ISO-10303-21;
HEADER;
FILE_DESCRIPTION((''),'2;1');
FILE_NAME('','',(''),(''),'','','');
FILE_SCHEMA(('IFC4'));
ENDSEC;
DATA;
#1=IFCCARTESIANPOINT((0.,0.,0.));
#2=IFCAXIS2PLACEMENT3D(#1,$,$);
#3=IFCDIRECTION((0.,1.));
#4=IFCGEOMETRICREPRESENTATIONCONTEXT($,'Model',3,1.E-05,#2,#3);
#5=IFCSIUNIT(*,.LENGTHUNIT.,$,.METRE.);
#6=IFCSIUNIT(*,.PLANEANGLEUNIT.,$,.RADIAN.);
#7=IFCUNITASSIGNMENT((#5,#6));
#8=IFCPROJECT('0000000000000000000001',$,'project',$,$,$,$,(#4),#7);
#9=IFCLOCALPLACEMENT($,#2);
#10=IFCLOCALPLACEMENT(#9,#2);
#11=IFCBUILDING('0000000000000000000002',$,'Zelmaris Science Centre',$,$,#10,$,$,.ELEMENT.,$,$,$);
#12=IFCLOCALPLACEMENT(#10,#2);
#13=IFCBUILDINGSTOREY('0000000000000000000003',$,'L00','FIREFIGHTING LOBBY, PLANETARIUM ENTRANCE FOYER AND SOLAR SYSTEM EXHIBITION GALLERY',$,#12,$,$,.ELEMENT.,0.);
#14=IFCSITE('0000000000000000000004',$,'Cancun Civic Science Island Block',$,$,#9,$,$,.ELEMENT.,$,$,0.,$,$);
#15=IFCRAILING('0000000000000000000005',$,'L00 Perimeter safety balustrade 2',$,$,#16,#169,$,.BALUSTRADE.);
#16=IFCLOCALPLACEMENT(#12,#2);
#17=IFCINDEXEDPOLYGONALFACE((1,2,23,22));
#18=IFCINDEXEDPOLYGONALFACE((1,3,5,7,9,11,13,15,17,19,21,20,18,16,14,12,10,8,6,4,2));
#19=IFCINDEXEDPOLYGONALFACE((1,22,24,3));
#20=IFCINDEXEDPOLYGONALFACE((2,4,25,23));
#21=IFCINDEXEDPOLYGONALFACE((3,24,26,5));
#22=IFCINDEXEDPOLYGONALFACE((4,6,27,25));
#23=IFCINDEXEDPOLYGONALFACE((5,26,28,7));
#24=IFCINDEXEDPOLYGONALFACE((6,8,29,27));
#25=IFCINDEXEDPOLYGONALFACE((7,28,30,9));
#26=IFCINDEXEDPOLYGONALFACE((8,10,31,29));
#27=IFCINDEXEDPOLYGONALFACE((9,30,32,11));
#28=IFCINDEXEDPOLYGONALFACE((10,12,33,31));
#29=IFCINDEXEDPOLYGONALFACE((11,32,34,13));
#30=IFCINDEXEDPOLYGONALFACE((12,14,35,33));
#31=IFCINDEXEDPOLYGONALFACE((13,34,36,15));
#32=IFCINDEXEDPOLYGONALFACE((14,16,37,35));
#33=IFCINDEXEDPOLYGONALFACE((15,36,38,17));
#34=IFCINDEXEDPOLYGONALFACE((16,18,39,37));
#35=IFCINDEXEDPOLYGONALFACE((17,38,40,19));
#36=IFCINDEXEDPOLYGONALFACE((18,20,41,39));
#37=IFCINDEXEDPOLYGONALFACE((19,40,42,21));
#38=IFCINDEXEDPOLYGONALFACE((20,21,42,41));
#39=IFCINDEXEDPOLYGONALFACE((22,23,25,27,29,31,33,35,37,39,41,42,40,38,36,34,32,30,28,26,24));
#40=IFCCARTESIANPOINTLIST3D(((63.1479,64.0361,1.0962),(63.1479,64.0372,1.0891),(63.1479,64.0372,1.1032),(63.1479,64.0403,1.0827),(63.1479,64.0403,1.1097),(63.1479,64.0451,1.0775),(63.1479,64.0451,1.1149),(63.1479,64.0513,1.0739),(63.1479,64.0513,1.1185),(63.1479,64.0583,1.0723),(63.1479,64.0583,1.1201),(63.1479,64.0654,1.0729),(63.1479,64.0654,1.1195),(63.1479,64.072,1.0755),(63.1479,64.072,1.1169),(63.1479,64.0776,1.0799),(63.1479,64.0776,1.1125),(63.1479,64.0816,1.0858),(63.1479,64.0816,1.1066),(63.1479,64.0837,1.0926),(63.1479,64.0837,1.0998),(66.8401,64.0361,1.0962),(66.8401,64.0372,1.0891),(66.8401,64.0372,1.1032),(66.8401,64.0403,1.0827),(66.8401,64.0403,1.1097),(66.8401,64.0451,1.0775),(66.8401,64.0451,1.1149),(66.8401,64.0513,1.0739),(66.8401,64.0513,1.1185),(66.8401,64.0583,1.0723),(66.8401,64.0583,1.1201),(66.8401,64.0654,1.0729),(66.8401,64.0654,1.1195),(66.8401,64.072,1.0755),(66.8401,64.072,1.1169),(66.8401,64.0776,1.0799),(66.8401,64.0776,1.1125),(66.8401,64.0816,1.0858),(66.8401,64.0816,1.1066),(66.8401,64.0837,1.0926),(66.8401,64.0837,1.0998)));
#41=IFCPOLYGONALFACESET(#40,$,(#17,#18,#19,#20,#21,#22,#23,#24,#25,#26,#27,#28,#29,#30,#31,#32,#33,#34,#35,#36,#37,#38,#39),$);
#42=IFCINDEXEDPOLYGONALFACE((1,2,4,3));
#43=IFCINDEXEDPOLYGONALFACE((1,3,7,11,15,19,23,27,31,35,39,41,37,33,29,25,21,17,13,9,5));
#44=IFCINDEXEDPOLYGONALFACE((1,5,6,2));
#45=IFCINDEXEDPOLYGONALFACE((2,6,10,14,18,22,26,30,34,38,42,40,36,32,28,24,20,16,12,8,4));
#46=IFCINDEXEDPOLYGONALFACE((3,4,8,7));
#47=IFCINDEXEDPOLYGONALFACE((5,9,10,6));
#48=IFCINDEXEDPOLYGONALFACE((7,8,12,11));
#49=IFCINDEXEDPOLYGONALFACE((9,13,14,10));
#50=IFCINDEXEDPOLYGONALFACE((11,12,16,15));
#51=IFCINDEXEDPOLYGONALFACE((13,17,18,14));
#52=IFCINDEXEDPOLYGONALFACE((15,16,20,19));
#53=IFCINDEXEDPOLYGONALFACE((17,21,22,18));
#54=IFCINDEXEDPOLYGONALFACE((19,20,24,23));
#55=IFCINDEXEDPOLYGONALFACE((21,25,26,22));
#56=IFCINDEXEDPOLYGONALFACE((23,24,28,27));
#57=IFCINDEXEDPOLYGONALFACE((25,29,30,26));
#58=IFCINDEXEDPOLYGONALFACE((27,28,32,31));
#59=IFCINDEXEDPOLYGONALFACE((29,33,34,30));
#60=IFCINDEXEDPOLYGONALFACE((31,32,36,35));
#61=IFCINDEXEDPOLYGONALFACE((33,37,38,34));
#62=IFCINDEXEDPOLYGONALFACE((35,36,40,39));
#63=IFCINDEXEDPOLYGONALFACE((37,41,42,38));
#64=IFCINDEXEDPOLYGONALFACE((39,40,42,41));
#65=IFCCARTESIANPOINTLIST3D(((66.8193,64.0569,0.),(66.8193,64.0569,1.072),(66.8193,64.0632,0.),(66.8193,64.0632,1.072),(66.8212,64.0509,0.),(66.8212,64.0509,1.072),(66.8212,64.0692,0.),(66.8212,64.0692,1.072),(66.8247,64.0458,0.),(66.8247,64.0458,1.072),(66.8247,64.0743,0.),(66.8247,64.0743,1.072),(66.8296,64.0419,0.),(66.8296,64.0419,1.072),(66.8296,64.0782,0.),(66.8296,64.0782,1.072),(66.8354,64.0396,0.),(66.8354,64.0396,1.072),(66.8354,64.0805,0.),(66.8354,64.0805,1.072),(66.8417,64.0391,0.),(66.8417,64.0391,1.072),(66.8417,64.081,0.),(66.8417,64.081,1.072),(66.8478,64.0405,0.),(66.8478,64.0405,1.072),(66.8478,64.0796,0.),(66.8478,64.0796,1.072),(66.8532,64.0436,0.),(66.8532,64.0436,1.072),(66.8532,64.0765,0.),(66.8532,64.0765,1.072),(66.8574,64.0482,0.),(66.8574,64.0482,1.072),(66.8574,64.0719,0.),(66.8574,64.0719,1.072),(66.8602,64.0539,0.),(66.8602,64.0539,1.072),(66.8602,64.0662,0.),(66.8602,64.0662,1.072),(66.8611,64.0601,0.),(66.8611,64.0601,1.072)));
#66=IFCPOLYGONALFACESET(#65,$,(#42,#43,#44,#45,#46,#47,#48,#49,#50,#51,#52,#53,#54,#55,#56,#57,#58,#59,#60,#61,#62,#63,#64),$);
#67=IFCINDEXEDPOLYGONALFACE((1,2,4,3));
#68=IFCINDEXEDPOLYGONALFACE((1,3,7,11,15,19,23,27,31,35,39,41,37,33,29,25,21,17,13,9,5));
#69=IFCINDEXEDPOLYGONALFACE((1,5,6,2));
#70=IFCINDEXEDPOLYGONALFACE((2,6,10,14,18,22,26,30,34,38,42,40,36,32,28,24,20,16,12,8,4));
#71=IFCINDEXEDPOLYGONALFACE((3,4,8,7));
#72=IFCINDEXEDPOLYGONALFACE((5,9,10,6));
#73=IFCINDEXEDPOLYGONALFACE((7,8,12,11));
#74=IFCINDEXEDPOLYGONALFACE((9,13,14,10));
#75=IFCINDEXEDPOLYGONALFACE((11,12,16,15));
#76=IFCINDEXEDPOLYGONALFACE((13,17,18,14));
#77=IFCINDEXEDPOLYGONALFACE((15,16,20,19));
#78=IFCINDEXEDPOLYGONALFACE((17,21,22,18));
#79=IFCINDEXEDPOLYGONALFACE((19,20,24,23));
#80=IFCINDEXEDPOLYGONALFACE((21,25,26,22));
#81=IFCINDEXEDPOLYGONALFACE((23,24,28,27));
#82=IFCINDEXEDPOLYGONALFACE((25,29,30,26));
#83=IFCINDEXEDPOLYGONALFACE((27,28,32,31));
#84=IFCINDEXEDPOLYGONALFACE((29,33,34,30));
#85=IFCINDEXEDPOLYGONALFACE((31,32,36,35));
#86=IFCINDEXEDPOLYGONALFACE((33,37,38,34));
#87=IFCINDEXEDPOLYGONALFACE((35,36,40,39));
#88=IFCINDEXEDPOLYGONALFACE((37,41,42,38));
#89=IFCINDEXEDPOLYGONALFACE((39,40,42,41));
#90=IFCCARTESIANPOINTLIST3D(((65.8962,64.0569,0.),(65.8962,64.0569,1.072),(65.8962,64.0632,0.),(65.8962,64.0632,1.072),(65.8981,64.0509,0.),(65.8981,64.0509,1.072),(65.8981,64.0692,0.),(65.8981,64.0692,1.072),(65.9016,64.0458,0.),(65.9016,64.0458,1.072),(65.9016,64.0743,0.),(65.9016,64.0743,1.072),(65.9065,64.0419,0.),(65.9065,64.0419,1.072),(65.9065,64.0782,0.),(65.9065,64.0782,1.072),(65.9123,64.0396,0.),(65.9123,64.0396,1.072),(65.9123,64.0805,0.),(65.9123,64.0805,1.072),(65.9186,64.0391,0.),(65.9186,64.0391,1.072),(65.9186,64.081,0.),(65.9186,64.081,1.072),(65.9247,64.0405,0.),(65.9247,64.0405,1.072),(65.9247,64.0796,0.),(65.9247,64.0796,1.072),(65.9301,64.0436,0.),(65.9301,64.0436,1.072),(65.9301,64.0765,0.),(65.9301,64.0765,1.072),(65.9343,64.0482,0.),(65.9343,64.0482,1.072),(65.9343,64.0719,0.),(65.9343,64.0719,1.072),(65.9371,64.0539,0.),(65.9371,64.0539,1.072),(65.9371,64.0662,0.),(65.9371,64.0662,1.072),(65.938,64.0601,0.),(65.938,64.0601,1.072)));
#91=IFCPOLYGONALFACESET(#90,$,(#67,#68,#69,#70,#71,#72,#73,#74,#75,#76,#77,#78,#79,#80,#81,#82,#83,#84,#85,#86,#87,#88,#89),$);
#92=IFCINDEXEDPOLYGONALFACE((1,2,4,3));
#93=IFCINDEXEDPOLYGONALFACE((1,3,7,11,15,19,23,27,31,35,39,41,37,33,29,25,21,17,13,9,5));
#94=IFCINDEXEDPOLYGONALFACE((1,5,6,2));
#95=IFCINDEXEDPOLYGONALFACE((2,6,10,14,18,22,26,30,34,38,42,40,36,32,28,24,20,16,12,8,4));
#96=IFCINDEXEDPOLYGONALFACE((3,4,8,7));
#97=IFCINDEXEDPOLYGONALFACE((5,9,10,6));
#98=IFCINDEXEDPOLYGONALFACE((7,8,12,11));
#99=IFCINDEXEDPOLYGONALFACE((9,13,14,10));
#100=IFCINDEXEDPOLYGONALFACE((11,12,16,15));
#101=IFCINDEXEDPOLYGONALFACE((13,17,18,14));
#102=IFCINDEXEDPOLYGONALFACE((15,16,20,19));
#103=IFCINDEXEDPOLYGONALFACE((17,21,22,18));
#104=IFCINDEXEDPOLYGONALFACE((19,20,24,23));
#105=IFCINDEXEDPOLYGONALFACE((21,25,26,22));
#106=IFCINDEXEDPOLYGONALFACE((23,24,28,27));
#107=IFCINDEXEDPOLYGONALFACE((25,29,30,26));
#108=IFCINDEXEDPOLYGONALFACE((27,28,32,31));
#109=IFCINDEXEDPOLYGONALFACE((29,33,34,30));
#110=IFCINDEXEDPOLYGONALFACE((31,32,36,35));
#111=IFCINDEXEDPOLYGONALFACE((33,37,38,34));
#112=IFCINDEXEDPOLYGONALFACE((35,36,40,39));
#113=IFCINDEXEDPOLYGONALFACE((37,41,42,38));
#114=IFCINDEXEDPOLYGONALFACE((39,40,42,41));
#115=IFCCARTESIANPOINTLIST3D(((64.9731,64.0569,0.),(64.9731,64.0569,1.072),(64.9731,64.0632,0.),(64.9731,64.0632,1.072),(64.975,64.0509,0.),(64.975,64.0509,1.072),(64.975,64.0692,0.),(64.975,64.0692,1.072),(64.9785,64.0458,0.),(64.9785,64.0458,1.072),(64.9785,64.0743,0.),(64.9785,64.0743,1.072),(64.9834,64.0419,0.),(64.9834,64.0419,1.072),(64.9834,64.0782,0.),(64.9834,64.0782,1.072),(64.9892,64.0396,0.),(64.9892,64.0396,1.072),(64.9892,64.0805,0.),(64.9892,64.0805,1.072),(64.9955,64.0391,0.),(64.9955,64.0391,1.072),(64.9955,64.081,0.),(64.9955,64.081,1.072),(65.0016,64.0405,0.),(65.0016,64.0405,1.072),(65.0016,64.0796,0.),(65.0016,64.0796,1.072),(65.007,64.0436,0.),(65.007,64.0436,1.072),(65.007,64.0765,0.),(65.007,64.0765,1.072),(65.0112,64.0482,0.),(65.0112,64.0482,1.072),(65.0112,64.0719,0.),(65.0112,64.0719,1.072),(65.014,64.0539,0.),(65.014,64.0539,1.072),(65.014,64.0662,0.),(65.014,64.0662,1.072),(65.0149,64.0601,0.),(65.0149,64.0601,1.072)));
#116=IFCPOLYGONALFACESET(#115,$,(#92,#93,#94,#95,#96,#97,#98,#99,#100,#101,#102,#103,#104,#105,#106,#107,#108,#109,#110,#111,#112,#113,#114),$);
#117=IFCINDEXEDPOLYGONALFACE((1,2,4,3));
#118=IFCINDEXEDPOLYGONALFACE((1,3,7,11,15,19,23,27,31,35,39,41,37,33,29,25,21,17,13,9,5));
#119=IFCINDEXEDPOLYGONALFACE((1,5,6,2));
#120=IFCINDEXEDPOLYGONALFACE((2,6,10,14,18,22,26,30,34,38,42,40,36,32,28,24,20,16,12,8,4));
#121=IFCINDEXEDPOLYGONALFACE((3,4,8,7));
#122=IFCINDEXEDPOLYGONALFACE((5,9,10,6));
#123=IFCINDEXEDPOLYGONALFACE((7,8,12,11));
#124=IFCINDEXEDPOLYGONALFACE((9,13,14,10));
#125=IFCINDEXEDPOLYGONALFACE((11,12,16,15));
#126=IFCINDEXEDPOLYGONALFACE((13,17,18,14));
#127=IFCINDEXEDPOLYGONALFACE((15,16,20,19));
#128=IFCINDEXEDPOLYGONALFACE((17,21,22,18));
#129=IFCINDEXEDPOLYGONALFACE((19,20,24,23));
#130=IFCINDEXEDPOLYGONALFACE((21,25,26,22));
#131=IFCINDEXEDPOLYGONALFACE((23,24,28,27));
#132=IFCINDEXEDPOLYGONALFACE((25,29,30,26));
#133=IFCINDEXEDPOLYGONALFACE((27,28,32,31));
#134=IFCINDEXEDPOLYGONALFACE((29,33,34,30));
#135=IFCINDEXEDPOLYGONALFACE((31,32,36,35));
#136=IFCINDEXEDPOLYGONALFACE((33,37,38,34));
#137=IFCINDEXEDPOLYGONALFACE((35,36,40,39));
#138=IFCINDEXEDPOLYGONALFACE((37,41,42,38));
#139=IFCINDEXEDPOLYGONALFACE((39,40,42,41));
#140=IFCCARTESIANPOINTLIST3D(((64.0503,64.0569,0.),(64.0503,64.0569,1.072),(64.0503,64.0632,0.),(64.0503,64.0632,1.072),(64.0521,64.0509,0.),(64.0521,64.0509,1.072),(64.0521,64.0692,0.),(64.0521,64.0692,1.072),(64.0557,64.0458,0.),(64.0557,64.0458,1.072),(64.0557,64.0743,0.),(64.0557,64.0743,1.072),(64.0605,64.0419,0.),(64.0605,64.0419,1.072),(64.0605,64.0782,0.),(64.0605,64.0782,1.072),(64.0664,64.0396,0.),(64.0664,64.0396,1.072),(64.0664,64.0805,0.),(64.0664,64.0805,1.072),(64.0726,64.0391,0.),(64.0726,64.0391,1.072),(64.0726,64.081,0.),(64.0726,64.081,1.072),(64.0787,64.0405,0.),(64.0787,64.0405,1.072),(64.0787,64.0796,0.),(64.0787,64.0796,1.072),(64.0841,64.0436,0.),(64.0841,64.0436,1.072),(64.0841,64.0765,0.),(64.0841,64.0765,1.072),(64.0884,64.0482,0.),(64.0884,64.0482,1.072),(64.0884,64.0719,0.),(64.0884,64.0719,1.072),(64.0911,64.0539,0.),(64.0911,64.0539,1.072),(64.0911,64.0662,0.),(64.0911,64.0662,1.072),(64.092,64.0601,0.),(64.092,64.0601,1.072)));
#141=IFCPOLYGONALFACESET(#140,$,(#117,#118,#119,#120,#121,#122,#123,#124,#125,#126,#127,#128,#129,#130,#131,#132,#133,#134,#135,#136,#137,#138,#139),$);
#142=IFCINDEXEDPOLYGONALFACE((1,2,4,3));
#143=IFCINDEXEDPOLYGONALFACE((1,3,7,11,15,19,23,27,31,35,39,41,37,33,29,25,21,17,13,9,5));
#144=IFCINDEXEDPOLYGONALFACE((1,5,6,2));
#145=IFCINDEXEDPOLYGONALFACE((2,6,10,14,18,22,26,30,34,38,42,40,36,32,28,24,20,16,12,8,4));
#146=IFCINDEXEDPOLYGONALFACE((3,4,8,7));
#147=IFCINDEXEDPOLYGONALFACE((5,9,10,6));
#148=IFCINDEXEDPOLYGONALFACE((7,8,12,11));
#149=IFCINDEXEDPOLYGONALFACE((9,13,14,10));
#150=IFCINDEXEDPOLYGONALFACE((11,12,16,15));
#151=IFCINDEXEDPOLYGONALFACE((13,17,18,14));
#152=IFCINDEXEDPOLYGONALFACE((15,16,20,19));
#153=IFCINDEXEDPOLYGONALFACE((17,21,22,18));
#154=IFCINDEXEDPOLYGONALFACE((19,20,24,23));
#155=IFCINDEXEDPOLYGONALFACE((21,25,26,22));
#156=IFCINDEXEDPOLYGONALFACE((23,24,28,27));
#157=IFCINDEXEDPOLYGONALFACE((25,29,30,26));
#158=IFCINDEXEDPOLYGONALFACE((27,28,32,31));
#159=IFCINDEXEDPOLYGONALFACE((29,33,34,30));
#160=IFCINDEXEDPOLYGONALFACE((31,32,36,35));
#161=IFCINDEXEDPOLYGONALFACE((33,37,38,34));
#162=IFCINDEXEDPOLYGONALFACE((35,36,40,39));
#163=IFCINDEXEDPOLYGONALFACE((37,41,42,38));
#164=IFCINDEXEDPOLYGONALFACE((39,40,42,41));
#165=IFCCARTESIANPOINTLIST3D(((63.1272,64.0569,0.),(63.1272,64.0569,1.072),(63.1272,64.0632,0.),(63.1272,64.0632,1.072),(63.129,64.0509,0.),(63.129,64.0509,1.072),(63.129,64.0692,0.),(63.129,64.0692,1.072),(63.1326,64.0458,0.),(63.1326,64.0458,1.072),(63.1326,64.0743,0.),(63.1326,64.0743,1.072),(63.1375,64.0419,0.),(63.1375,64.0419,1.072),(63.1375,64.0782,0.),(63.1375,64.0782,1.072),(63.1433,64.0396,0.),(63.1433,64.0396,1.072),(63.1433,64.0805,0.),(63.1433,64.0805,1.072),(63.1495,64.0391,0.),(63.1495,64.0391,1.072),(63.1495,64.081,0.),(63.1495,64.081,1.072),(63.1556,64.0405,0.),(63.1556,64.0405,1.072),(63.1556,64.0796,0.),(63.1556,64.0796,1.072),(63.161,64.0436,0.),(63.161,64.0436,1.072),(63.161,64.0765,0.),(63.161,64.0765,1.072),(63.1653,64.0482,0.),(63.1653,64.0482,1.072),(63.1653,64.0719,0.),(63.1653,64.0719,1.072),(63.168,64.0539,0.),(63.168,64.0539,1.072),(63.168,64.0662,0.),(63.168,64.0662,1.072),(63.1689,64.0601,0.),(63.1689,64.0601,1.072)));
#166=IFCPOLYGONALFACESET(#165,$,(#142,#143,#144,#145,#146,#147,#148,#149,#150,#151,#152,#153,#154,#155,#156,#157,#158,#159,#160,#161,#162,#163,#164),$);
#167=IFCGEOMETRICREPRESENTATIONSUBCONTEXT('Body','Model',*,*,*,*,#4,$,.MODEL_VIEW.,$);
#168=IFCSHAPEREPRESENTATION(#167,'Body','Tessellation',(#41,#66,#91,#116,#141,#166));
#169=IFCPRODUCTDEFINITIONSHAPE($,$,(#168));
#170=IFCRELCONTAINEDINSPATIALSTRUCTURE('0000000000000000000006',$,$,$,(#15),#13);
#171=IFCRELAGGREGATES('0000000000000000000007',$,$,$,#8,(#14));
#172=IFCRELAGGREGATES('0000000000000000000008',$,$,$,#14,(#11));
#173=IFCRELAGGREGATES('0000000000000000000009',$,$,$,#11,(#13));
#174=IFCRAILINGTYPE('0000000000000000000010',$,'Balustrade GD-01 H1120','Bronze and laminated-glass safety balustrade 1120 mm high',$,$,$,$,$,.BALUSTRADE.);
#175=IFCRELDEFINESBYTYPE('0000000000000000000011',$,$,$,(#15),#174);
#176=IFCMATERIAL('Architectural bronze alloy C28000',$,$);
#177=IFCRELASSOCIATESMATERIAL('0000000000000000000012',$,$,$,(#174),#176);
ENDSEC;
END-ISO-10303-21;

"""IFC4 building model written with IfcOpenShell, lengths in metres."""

from ifc_helpers import new_model, si_unit, direction, frame, origin, origin_2d, place, context, subcontext, project, spatial, circle, extrude, material, type_object, element, save


model = new_model("IFC4")

# Units and contexts
model_context = context("Model", 3, precision=1e-05, world=origin(), true_north=direction((0.0, 1.0)))
body_context = subcontext(model_context, "Body", "Model", "MODEL_VIEW")
ifc_project = project(units=[si_unit("LENGTHUNIT", "METRE"), si_unit("PLANEANGLEUNIT", "RADIAN")], contexts=[model_context])

# Site, building, storey
site_placement = place(None, origin())
site = spatial("IfcSite", under=ifc_project, at=site_placement, Name="Cancun Civic Science Island Block", CompositionType="ELEMENT", RefElevation=0.0)
building_placement = place(site_placement, origin())
building = spatial("IfcBuilding", under=site, at=building_placement, Name="Zelmaris Science Centre", CompositionType="ELEMENT")
storey_placement = place(building_placement, origin())
storey = spatial("IfcBuildingStorey", under=building, at=storey_placement, Name="L00", Description="FIREFIGHTING LOBBY, PLANETARIUM ENTRANCE FOYER AND SOLAR SYSTEM EXHIBITION GALLERY", CompositionType="ELEMENT", Elevation=0.0)

# Railing
ifc_material_1 = material(Name="Architectural bronze alloy C28000")
railing_type = type_object("IfcRailingType", Name="Balustrade GD-01 H1120", Description="Bronze and laminated-glass safety balustrade 1120 mm high", PredefinedType="BALUSTRADE", material=ifc_material_1)
railing_1_placement = place(storey_placement, frame((66.8401, 64.0601, 0.0)))
element("IfcRailing", 1, at=railing_1_placement, inside=storey, type_object=railing_type, Name="L00 Perimeter safety balustrade 2", PredefinedType="BALUSTRADE", context=body_context, shape_type="SweptSolid", body=[
    extrude(circle(Radius=0.0239, at=origin_2d()), frame((0.0, 0.0, 1.0962), z_axis=(-1.0, 0.0, 0.0), x_axis=(0.0, -1.0, 0.0)), (0.0, 0.0, 1.0), 3.6921),
    extrude(circle(Radius=0.021, at=origin_2d()), origin(), (0.0, 0.0, 1.0), 1.072),
    extrude(circle(Radius=0.021, at=origin_2d()), frame((-0.9231, 0.0, 0.0)), (0.0, 0.0, 1.0), 1.072),
    extrude(circle(Radius=0.021, at=origin_2d()), frame((-1.8462, 0.0, 0.0)), (0.0, 0.0, 1.0), 1.072),
    extrude(circle(Radius=0.021, at=origin_2d()), frame((-2.769, 0.0, 0.0)), (0.0, 0.0, 1.0), 1.072),
    extrude(circle(Radius=0.021, at=origin_2d()), frame((-3.6921, 0.0, 0.0)), (0.0, 0.0, 1.0), 1.072),
])

save(model, "model.ifc")
